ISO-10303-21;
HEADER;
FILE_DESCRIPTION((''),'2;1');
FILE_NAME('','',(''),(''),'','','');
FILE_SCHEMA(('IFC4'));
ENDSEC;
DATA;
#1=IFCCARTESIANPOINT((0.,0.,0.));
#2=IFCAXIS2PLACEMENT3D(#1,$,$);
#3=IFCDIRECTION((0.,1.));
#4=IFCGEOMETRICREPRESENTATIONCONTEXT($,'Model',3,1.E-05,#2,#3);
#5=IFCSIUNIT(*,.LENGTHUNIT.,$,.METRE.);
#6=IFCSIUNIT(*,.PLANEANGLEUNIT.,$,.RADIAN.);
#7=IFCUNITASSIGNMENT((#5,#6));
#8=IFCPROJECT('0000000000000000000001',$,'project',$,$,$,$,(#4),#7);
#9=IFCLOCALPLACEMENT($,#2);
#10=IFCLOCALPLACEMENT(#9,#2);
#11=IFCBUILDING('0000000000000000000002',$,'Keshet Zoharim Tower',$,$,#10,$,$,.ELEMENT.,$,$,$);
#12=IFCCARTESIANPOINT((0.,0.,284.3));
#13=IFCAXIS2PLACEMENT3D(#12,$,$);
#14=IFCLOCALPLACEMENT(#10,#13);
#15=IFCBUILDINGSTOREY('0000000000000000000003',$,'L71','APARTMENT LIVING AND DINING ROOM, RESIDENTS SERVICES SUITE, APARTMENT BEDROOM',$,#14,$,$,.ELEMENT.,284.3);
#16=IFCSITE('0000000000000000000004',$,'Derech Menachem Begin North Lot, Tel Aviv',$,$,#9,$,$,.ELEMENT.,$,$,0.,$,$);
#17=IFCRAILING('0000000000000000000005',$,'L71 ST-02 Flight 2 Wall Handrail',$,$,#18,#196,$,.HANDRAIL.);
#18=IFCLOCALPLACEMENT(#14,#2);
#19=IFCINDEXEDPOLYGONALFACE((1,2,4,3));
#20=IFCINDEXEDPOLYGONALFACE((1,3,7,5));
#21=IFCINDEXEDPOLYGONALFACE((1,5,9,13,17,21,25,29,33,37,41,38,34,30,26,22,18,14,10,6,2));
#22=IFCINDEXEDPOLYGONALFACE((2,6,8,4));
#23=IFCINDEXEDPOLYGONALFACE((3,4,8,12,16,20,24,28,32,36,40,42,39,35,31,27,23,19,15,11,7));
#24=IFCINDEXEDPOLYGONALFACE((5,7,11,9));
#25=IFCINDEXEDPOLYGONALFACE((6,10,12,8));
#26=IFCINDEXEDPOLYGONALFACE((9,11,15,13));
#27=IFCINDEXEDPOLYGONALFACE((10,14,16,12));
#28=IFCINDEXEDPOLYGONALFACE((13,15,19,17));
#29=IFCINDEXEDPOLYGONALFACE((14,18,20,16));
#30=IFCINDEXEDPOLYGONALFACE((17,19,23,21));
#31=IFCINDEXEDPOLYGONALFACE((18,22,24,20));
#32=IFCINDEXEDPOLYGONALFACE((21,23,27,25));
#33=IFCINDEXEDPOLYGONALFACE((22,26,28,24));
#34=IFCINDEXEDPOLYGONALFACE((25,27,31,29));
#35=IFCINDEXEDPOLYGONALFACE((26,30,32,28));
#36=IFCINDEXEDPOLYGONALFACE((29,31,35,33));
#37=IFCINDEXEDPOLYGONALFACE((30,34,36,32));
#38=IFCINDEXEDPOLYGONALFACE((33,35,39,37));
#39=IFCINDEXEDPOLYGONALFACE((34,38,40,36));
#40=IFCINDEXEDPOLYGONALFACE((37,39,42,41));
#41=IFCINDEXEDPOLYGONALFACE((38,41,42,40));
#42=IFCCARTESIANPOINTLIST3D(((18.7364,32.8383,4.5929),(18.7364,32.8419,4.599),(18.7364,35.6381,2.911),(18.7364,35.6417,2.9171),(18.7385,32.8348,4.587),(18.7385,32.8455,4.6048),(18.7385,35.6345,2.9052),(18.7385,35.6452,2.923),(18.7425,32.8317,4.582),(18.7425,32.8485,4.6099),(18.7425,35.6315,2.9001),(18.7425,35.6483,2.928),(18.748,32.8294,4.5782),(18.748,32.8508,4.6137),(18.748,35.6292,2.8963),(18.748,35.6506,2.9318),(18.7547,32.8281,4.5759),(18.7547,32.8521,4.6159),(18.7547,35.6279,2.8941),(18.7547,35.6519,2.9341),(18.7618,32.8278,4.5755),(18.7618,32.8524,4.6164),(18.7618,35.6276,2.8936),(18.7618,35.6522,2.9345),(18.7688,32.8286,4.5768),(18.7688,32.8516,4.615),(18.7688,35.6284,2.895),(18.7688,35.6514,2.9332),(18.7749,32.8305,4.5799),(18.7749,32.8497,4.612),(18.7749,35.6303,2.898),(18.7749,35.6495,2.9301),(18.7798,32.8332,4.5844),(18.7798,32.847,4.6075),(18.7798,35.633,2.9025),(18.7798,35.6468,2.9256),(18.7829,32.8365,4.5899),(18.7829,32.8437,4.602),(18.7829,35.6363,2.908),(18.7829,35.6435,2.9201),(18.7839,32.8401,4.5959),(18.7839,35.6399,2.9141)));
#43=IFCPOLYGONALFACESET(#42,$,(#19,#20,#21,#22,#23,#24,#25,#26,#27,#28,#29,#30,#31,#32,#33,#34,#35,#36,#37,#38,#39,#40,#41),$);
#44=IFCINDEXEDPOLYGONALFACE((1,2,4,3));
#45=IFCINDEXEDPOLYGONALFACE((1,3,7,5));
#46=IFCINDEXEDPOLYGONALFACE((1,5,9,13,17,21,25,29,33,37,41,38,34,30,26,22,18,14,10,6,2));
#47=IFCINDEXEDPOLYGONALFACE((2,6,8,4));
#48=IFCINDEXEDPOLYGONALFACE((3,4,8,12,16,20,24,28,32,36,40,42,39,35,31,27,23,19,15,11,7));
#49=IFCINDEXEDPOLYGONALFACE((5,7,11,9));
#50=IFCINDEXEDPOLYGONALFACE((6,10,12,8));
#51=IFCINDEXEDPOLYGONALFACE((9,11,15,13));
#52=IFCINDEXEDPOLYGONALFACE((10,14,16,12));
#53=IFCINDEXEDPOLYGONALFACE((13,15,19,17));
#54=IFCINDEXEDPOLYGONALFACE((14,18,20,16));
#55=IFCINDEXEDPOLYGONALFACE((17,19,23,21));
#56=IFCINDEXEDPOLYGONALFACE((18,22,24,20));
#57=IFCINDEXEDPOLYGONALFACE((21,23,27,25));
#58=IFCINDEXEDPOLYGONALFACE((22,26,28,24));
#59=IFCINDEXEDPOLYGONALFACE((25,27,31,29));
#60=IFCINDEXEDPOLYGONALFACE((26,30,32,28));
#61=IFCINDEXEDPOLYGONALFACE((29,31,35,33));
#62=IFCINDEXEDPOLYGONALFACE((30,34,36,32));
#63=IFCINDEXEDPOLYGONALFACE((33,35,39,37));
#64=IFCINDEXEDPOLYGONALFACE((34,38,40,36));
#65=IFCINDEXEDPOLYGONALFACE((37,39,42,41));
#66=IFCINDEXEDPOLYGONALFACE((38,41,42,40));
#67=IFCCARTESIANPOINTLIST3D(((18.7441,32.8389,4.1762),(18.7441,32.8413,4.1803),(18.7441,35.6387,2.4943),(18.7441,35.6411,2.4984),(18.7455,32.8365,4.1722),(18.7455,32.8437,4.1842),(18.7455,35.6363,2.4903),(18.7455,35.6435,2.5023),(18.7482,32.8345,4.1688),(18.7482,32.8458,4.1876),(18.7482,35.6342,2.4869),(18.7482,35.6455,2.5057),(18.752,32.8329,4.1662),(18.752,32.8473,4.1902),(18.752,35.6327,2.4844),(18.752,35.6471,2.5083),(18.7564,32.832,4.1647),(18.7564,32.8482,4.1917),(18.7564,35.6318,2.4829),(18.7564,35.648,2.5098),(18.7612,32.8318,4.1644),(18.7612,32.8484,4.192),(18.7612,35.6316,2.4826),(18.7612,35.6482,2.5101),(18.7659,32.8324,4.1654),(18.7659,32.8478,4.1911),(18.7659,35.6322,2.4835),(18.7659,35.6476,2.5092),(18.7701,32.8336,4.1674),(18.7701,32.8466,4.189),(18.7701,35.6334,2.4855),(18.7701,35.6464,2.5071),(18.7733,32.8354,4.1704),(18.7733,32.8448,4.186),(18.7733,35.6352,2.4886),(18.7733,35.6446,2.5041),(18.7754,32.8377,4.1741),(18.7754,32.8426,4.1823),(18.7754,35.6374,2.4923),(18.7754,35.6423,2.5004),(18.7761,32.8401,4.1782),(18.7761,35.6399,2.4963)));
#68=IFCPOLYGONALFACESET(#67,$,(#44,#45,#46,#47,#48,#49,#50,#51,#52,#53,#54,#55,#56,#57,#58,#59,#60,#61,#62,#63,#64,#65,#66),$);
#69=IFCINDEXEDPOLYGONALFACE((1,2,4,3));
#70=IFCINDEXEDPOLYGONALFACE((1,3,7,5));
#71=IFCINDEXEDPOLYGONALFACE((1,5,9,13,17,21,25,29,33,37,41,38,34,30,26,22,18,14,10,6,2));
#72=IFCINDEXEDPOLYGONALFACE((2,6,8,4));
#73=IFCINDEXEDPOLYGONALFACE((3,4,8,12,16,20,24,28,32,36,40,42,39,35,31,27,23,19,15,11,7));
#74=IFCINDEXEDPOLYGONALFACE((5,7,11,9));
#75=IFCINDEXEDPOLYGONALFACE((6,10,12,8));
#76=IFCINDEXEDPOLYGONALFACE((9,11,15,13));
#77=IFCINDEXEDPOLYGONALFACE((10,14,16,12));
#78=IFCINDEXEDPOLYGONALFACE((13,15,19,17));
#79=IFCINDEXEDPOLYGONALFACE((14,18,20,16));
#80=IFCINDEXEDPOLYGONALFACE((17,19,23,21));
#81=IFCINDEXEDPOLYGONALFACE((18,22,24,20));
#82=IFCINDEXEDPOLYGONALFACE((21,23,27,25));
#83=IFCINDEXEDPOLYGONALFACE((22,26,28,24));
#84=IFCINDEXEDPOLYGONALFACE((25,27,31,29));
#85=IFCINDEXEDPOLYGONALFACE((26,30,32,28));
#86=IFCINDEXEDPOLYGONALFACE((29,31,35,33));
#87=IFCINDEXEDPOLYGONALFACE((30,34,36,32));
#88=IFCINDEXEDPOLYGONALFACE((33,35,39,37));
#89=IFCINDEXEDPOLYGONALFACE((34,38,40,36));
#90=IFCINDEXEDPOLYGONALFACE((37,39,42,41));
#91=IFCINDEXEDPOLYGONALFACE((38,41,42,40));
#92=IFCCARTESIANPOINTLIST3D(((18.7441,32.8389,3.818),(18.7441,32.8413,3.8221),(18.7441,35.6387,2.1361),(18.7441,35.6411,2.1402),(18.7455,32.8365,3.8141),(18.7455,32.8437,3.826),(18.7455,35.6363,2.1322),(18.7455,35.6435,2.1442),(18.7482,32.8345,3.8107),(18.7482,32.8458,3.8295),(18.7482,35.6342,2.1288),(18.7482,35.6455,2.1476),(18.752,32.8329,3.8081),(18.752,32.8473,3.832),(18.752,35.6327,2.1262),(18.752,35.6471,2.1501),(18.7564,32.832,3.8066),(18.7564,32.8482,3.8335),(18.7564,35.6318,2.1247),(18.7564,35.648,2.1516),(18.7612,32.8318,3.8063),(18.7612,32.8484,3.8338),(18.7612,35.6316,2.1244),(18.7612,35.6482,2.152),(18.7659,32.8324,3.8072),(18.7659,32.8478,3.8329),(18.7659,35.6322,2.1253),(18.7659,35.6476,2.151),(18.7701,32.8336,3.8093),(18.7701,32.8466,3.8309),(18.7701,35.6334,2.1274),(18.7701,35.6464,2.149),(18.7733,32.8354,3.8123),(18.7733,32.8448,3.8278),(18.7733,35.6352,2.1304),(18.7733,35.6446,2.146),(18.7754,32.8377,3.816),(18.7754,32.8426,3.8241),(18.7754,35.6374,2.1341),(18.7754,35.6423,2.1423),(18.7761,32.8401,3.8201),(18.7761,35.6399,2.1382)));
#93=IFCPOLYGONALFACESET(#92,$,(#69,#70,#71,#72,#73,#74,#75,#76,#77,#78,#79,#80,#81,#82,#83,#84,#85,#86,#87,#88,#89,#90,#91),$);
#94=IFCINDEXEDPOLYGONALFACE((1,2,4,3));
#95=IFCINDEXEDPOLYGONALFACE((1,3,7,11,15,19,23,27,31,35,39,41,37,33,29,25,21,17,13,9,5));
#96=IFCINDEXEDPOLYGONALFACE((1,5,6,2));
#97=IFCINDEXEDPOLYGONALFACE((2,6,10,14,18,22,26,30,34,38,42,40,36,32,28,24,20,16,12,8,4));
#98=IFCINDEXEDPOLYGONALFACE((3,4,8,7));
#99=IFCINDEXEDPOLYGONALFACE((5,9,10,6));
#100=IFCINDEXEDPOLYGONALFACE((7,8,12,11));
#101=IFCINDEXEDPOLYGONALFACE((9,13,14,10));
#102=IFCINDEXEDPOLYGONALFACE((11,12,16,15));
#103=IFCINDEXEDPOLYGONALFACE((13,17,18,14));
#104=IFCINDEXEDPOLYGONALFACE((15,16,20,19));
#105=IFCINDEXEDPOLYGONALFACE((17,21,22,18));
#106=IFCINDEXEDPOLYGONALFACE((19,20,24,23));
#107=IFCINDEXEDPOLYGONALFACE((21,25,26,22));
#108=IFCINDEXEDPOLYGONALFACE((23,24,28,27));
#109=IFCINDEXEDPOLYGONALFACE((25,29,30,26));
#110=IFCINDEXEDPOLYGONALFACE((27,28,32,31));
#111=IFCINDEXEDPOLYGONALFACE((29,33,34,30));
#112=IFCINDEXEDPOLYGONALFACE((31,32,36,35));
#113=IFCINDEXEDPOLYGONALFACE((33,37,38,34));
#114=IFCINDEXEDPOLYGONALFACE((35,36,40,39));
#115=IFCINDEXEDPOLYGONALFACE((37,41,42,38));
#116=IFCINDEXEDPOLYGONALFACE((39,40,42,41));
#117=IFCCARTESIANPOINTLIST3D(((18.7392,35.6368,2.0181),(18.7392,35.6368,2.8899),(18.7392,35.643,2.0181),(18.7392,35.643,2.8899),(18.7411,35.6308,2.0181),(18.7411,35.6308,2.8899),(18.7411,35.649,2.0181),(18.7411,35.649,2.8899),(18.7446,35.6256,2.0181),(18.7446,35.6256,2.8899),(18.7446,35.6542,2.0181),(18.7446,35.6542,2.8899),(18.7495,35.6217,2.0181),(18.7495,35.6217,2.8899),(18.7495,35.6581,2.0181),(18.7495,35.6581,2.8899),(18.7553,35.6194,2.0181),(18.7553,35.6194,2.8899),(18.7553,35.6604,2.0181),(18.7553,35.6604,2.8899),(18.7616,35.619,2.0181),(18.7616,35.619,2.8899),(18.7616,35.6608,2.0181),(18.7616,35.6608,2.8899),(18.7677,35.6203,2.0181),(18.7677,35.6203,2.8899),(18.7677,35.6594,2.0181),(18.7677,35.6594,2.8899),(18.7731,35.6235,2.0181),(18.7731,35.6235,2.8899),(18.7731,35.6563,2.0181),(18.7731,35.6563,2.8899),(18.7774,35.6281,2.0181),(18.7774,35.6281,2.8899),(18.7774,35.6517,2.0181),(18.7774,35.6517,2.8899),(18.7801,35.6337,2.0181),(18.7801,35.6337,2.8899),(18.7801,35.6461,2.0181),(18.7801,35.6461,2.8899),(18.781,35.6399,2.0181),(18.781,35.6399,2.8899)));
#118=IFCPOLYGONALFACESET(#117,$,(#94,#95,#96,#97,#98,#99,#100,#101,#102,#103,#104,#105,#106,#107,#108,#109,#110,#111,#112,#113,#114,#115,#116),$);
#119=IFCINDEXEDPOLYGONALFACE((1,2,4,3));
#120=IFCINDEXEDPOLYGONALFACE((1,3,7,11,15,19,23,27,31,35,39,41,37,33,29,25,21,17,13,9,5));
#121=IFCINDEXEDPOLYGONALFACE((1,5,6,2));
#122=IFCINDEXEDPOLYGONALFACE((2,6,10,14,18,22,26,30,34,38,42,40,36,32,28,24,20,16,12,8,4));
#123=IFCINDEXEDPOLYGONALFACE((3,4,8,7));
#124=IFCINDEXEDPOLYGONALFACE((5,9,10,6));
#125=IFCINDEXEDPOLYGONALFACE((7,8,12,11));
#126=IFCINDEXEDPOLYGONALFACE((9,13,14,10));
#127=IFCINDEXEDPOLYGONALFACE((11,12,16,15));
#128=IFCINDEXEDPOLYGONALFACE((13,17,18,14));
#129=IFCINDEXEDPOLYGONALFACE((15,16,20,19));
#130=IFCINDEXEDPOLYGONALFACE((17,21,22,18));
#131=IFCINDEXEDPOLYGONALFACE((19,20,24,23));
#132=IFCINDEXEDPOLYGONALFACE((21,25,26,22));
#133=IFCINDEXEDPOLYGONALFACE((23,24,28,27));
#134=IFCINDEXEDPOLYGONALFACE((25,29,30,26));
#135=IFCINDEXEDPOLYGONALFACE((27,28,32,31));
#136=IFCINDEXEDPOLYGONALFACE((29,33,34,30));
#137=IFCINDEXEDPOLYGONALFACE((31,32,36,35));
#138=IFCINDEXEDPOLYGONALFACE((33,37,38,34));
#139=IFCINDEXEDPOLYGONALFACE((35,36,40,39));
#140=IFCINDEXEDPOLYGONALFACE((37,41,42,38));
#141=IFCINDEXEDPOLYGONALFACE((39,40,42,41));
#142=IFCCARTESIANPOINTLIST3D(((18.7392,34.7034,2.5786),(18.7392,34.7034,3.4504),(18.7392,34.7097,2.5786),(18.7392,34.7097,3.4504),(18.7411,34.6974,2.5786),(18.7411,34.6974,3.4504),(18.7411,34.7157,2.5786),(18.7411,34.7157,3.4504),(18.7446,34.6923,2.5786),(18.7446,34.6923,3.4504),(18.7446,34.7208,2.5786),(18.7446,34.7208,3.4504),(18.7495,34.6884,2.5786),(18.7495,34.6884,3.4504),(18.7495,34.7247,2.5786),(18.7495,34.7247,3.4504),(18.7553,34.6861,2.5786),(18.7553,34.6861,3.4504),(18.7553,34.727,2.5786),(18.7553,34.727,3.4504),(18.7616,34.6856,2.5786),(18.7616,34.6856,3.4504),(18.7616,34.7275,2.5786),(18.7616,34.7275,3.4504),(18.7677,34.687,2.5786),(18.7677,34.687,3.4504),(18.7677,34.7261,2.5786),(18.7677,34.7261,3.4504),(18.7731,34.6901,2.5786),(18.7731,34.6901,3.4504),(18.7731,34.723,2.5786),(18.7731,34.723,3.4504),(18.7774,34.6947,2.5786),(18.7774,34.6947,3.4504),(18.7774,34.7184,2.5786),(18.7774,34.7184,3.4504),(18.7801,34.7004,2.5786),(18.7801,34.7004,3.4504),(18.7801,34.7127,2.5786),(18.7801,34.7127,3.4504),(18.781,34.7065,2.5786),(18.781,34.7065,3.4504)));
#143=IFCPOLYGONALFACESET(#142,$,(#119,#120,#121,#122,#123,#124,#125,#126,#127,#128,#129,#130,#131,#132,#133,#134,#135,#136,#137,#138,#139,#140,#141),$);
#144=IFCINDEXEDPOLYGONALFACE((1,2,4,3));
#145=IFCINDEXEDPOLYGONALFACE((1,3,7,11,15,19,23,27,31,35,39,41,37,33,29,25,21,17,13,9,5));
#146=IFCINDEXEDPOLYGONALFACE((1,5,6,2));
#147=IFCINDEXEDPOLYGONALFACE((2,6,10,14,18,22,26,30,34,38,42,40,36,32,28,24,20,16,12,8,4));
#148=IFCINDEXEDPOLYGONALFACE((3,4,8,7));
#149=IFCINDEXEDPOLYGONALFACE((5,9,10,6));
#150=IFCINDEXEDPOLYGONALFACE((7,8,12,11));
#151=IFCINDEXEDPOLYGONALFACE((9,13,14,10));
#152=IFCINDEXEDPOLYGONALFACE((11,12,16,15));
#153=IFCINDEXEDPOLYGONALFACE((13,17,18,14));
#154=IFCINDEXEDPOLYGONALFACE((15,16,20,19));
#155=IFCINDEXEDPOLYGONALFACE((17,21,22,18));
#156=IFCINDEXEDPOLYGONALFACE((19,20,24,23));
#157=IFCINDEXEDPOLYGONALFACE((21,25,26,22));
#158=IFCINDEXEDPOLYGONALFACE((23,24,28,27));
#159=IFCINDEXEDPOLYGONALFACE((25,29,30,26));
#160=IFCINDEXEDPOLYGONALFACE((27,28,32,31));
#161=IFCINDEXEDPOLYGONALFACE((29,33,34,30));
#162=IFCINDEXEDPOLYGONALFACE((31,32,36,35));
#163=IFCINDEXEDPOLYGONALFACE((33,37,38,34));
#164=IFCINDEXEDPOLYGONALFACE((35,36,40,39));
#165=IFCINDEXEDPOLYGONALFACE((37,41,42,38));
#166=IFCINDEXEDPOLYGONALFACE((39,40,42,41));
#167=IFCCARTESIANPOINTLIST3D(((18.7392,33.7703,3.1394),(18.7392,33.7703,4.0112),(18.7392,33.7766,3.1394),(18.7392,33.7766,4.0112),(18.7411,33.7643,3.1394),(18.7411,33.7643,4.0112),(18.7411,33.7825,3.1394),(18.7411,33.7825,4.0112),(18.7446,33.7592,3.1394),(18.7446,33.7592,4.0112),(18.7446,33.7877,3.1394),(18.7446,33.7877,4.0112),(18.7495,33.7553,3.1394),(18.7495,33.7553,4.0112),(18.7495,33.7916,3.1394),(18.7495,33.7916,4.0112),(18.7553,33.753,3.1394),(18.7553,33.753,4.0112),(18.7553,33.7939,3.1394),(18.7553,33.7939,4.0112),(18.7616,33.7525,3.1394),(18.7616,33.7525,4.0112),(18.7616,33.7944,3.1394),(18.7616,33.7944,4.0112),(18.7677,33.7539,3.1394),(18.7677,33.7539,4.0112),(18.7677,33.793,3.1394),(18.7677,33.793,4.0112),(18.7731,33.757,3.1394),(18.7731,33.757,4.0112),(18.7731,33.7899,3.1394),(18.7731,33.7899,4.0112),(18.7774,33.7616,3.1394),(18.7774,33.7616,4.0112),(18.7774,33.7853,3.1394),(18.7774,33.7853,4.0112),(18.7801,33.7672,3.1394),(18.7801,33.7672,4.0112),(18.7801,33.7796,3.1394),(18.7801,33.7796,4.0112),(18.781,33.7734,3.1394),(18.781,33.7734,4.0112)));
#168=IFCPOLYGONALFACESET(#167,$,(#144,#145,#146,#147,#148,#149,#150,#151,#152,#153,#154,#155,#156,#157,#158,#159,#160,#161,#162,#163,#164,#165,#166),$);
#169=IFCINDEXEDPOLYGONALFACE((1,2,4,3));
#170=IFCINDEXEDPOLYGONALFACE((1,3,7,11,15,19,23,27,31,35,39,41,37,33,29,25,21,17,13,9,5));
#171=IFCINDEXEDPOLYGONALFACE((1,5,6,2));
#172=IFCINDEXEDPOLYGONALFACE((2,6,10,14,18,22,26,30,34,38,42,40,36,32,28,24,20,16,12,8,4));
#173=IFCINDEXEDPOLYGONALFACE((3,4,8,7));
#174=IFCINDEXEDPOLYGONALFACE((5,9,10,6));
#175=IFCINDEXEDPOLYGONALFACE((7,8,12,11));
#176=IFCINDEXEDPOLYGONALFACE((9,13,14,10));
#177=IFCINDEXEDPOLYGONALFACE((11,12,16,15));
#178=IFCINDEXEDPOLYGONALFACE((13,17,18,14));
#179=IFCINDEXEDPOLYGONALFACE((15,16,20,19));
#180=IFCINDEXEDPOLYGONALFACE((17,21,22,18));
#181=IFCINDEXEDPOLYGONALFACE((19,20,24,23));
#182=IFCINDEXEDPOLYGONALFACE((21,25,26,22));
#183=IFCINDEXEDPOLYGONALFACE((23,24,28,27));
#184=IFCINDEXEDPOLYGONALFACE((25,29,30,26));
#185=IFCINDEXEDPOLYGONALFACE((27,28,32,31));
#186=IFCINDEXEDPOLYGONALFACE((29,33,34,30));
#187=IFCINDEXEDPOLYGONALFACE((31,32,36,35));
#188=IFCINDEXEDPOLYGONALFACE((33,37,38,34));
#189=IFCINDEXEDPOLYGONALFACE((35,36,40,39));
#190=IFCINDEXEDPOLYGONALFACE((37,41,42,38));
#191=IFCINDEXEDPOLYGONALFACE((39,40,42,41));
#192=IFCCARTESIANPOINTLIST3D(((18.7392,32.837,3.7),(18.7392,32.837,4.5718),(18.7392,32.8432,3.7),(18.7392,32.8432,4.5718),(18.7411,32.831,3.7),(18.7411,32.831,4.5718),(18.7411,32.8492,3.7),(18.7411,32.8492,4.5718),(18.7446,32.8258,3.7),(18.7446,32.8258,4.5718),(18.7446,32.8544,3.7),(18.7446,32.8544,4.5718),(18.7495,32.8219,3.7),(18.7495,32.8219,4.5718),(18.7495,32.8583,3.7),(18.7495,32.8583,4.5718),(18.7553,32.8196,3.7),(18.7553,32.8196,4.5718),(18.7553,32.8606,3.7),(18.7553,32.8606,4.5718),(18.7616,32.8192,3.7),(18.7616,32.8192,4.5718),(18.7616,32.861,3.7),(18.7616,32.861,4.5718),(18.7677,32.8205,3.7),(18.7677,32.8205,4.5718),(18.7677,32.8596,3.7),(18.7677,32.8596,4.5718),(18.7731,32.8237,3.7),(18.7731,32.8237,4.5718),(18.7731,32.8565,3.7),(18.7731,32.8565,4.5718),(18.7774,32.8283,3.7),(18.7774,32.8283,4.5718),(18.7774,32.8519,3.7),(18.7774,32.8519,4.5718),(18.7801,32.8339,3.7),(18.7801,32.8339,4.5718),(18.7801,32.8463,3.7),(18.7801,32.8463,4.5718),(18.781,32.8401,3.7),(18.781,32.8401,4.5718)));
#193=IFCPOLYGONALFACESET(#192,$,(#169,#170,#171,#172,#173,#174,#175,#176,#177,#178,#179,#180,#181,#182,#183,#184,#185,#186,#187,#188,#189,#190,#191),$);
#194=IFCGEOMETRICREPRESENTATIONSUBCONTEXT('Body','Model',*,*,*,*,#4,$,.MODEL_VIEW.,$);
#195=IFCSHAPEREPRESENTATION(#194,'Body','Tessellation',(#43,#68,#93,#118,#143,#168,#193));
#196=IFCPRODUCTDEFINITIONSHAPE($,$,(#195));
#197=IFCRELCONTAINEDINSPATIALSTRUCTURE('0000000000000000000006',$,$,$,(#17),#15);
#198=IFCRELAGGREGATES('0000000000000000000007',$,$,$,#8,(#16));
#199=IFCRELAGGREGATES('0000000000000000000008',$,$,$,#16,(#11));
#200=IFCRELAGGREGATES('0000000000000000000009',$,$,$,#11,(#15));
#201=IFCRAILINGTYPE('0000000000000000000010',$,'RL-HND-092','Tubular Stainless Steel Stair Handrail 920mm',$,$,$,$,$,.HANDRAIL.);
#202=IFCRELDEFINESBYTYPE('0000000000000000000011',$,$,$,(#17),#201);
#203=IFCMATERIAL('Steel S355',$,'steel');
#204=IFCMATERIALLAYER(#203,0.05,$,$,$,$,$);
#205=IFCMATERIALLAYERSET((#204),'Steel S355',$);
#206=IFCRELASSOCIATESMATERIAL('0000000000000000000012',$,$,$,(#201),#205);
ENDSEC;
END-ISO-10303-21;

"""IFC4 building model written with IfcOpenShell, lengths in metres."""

from ifc_helpers import new_model, si_unit, direction, frame, origin, origin_2d, place, context, subcontext, project, spatial, circle, extrude, material, layer, layer_set, type_object, element, save


model = new_model("IFC4")

# Units and contexts
model_context = context("Model", 3, precision=1e-05, world=origin(), true_north=direction((0.0, 1.0)))
body_context = subcontext(model_context, "Body", "Model", "MODEL_VIEW")
ifc_project = project(units=[si_unit("LENGTHUNIT", "METRE"), si_unit("PLANEANGLEUNIT", "RADIAN")], contexts=[model_context])

# Site, building, storey
site_placement = place(None, origin())
site = spatial("IfcSite", under=ifc_project, at=site_placement, Name="Derech Menachem Begin North Lot, Tel Aviv", CompositionType="ELEMENT", RefElevation=0.0)
building_placement = place(site_placement, origin())
building = spatial("IfcBuilding", under=site, at=building_placement, Name="Keshet Zoharim Tower", CompositionType="ELEMENT")
storey_placement = place(building_placement, frame((0.0, 0.0, 284.3)))
storey = spatial("IfcBuildingStorey", under=building, at=storey_placement, Name="L71", Description="APARTMENT LIVING AND DINING ROOM, RESIDENTS SERVICES SUITE, APARTMENT BEDROOM", CompositionType="ELEMENT", Elevation=284.3)

# Shared definitions
ifc_material_1 = material(Name="Steel S355", Category="steel")

# Railing
ifc_layer_1 = layer(ifc_material_1, 0.05)
ifc_layer_set_1 = layer_set([ifc_layer_1], Name="Steel S355")
railing_type_1 = type_object("IfcRailingType", Name="RL-HND-092", Description="Tubular Stainless Steel Stair Handrail 920mm", PredefinedType="HANDRAIL", material=ifc_layer_set_1)
railing_1_placement = place(storey_placement, frame((18.76, 35.6399, 2.0181)))
element("IfcRailing", 1, at=railing_1_placement, inside=storey, type_object=railing_type_1, Name="L71 ST-02 Flight 2 Wall Handrail", PredefinedType="HANDRAIL", context=body_context, shape_type="SweptSolid", body=[
    extrude(circle(Radius=0.0239, at=origin_2d()), frame((0.0, 0.0, 0.896), z_axis=(0.0, -0.857222, 0.514946), x_axis=(1.0, 0.0, 0.0)), (0.0, 0.0, 1.0), 3.2661),
    extrude(circle(Radius=0.0161, at=origin_2d()), frame((0.0, 0.0, 0.4783), z_axis=(0.0, -0.857222, 0.514946), x_axis=(1.0, 0.0, 0.0)), (0.0, 0.0, 1.0), 3.2661),
    extrude(circle(Radius=0.0161, at=origin_2d()), frame((0.0, 0.0, 0.1201), z_axis=(0.0, -0.857222, 0.514946), x_axis=(1.0, 0.0, 0.0)), (0.0, 0.0, 1.0), 3.2661),
    extrude(circle(Radius=0.021, at=origin_2d()), origin(), (0.0, 0.0, 1.0), 0.8718),
    extrude(circle(Radius=0.021, at=origin_2d()), frame((0.0, -0.9333, 0.5605)), (0.0, 0.0, 1.0), 0.8718),
    extrude(circle(Radius=0.021, at=origin_2d()), frame((0.0, -1.8665, 1.1213)), (0.0, 0.0, 1.0), 0.8718),
    extrude(circle(Radius=0.021, at=origin_2d()), frame((0.0, -2.7998, 1.6819)), (0.0, 0.0, 1.0), 0.8718),
])

save(model, "model.ifc")
